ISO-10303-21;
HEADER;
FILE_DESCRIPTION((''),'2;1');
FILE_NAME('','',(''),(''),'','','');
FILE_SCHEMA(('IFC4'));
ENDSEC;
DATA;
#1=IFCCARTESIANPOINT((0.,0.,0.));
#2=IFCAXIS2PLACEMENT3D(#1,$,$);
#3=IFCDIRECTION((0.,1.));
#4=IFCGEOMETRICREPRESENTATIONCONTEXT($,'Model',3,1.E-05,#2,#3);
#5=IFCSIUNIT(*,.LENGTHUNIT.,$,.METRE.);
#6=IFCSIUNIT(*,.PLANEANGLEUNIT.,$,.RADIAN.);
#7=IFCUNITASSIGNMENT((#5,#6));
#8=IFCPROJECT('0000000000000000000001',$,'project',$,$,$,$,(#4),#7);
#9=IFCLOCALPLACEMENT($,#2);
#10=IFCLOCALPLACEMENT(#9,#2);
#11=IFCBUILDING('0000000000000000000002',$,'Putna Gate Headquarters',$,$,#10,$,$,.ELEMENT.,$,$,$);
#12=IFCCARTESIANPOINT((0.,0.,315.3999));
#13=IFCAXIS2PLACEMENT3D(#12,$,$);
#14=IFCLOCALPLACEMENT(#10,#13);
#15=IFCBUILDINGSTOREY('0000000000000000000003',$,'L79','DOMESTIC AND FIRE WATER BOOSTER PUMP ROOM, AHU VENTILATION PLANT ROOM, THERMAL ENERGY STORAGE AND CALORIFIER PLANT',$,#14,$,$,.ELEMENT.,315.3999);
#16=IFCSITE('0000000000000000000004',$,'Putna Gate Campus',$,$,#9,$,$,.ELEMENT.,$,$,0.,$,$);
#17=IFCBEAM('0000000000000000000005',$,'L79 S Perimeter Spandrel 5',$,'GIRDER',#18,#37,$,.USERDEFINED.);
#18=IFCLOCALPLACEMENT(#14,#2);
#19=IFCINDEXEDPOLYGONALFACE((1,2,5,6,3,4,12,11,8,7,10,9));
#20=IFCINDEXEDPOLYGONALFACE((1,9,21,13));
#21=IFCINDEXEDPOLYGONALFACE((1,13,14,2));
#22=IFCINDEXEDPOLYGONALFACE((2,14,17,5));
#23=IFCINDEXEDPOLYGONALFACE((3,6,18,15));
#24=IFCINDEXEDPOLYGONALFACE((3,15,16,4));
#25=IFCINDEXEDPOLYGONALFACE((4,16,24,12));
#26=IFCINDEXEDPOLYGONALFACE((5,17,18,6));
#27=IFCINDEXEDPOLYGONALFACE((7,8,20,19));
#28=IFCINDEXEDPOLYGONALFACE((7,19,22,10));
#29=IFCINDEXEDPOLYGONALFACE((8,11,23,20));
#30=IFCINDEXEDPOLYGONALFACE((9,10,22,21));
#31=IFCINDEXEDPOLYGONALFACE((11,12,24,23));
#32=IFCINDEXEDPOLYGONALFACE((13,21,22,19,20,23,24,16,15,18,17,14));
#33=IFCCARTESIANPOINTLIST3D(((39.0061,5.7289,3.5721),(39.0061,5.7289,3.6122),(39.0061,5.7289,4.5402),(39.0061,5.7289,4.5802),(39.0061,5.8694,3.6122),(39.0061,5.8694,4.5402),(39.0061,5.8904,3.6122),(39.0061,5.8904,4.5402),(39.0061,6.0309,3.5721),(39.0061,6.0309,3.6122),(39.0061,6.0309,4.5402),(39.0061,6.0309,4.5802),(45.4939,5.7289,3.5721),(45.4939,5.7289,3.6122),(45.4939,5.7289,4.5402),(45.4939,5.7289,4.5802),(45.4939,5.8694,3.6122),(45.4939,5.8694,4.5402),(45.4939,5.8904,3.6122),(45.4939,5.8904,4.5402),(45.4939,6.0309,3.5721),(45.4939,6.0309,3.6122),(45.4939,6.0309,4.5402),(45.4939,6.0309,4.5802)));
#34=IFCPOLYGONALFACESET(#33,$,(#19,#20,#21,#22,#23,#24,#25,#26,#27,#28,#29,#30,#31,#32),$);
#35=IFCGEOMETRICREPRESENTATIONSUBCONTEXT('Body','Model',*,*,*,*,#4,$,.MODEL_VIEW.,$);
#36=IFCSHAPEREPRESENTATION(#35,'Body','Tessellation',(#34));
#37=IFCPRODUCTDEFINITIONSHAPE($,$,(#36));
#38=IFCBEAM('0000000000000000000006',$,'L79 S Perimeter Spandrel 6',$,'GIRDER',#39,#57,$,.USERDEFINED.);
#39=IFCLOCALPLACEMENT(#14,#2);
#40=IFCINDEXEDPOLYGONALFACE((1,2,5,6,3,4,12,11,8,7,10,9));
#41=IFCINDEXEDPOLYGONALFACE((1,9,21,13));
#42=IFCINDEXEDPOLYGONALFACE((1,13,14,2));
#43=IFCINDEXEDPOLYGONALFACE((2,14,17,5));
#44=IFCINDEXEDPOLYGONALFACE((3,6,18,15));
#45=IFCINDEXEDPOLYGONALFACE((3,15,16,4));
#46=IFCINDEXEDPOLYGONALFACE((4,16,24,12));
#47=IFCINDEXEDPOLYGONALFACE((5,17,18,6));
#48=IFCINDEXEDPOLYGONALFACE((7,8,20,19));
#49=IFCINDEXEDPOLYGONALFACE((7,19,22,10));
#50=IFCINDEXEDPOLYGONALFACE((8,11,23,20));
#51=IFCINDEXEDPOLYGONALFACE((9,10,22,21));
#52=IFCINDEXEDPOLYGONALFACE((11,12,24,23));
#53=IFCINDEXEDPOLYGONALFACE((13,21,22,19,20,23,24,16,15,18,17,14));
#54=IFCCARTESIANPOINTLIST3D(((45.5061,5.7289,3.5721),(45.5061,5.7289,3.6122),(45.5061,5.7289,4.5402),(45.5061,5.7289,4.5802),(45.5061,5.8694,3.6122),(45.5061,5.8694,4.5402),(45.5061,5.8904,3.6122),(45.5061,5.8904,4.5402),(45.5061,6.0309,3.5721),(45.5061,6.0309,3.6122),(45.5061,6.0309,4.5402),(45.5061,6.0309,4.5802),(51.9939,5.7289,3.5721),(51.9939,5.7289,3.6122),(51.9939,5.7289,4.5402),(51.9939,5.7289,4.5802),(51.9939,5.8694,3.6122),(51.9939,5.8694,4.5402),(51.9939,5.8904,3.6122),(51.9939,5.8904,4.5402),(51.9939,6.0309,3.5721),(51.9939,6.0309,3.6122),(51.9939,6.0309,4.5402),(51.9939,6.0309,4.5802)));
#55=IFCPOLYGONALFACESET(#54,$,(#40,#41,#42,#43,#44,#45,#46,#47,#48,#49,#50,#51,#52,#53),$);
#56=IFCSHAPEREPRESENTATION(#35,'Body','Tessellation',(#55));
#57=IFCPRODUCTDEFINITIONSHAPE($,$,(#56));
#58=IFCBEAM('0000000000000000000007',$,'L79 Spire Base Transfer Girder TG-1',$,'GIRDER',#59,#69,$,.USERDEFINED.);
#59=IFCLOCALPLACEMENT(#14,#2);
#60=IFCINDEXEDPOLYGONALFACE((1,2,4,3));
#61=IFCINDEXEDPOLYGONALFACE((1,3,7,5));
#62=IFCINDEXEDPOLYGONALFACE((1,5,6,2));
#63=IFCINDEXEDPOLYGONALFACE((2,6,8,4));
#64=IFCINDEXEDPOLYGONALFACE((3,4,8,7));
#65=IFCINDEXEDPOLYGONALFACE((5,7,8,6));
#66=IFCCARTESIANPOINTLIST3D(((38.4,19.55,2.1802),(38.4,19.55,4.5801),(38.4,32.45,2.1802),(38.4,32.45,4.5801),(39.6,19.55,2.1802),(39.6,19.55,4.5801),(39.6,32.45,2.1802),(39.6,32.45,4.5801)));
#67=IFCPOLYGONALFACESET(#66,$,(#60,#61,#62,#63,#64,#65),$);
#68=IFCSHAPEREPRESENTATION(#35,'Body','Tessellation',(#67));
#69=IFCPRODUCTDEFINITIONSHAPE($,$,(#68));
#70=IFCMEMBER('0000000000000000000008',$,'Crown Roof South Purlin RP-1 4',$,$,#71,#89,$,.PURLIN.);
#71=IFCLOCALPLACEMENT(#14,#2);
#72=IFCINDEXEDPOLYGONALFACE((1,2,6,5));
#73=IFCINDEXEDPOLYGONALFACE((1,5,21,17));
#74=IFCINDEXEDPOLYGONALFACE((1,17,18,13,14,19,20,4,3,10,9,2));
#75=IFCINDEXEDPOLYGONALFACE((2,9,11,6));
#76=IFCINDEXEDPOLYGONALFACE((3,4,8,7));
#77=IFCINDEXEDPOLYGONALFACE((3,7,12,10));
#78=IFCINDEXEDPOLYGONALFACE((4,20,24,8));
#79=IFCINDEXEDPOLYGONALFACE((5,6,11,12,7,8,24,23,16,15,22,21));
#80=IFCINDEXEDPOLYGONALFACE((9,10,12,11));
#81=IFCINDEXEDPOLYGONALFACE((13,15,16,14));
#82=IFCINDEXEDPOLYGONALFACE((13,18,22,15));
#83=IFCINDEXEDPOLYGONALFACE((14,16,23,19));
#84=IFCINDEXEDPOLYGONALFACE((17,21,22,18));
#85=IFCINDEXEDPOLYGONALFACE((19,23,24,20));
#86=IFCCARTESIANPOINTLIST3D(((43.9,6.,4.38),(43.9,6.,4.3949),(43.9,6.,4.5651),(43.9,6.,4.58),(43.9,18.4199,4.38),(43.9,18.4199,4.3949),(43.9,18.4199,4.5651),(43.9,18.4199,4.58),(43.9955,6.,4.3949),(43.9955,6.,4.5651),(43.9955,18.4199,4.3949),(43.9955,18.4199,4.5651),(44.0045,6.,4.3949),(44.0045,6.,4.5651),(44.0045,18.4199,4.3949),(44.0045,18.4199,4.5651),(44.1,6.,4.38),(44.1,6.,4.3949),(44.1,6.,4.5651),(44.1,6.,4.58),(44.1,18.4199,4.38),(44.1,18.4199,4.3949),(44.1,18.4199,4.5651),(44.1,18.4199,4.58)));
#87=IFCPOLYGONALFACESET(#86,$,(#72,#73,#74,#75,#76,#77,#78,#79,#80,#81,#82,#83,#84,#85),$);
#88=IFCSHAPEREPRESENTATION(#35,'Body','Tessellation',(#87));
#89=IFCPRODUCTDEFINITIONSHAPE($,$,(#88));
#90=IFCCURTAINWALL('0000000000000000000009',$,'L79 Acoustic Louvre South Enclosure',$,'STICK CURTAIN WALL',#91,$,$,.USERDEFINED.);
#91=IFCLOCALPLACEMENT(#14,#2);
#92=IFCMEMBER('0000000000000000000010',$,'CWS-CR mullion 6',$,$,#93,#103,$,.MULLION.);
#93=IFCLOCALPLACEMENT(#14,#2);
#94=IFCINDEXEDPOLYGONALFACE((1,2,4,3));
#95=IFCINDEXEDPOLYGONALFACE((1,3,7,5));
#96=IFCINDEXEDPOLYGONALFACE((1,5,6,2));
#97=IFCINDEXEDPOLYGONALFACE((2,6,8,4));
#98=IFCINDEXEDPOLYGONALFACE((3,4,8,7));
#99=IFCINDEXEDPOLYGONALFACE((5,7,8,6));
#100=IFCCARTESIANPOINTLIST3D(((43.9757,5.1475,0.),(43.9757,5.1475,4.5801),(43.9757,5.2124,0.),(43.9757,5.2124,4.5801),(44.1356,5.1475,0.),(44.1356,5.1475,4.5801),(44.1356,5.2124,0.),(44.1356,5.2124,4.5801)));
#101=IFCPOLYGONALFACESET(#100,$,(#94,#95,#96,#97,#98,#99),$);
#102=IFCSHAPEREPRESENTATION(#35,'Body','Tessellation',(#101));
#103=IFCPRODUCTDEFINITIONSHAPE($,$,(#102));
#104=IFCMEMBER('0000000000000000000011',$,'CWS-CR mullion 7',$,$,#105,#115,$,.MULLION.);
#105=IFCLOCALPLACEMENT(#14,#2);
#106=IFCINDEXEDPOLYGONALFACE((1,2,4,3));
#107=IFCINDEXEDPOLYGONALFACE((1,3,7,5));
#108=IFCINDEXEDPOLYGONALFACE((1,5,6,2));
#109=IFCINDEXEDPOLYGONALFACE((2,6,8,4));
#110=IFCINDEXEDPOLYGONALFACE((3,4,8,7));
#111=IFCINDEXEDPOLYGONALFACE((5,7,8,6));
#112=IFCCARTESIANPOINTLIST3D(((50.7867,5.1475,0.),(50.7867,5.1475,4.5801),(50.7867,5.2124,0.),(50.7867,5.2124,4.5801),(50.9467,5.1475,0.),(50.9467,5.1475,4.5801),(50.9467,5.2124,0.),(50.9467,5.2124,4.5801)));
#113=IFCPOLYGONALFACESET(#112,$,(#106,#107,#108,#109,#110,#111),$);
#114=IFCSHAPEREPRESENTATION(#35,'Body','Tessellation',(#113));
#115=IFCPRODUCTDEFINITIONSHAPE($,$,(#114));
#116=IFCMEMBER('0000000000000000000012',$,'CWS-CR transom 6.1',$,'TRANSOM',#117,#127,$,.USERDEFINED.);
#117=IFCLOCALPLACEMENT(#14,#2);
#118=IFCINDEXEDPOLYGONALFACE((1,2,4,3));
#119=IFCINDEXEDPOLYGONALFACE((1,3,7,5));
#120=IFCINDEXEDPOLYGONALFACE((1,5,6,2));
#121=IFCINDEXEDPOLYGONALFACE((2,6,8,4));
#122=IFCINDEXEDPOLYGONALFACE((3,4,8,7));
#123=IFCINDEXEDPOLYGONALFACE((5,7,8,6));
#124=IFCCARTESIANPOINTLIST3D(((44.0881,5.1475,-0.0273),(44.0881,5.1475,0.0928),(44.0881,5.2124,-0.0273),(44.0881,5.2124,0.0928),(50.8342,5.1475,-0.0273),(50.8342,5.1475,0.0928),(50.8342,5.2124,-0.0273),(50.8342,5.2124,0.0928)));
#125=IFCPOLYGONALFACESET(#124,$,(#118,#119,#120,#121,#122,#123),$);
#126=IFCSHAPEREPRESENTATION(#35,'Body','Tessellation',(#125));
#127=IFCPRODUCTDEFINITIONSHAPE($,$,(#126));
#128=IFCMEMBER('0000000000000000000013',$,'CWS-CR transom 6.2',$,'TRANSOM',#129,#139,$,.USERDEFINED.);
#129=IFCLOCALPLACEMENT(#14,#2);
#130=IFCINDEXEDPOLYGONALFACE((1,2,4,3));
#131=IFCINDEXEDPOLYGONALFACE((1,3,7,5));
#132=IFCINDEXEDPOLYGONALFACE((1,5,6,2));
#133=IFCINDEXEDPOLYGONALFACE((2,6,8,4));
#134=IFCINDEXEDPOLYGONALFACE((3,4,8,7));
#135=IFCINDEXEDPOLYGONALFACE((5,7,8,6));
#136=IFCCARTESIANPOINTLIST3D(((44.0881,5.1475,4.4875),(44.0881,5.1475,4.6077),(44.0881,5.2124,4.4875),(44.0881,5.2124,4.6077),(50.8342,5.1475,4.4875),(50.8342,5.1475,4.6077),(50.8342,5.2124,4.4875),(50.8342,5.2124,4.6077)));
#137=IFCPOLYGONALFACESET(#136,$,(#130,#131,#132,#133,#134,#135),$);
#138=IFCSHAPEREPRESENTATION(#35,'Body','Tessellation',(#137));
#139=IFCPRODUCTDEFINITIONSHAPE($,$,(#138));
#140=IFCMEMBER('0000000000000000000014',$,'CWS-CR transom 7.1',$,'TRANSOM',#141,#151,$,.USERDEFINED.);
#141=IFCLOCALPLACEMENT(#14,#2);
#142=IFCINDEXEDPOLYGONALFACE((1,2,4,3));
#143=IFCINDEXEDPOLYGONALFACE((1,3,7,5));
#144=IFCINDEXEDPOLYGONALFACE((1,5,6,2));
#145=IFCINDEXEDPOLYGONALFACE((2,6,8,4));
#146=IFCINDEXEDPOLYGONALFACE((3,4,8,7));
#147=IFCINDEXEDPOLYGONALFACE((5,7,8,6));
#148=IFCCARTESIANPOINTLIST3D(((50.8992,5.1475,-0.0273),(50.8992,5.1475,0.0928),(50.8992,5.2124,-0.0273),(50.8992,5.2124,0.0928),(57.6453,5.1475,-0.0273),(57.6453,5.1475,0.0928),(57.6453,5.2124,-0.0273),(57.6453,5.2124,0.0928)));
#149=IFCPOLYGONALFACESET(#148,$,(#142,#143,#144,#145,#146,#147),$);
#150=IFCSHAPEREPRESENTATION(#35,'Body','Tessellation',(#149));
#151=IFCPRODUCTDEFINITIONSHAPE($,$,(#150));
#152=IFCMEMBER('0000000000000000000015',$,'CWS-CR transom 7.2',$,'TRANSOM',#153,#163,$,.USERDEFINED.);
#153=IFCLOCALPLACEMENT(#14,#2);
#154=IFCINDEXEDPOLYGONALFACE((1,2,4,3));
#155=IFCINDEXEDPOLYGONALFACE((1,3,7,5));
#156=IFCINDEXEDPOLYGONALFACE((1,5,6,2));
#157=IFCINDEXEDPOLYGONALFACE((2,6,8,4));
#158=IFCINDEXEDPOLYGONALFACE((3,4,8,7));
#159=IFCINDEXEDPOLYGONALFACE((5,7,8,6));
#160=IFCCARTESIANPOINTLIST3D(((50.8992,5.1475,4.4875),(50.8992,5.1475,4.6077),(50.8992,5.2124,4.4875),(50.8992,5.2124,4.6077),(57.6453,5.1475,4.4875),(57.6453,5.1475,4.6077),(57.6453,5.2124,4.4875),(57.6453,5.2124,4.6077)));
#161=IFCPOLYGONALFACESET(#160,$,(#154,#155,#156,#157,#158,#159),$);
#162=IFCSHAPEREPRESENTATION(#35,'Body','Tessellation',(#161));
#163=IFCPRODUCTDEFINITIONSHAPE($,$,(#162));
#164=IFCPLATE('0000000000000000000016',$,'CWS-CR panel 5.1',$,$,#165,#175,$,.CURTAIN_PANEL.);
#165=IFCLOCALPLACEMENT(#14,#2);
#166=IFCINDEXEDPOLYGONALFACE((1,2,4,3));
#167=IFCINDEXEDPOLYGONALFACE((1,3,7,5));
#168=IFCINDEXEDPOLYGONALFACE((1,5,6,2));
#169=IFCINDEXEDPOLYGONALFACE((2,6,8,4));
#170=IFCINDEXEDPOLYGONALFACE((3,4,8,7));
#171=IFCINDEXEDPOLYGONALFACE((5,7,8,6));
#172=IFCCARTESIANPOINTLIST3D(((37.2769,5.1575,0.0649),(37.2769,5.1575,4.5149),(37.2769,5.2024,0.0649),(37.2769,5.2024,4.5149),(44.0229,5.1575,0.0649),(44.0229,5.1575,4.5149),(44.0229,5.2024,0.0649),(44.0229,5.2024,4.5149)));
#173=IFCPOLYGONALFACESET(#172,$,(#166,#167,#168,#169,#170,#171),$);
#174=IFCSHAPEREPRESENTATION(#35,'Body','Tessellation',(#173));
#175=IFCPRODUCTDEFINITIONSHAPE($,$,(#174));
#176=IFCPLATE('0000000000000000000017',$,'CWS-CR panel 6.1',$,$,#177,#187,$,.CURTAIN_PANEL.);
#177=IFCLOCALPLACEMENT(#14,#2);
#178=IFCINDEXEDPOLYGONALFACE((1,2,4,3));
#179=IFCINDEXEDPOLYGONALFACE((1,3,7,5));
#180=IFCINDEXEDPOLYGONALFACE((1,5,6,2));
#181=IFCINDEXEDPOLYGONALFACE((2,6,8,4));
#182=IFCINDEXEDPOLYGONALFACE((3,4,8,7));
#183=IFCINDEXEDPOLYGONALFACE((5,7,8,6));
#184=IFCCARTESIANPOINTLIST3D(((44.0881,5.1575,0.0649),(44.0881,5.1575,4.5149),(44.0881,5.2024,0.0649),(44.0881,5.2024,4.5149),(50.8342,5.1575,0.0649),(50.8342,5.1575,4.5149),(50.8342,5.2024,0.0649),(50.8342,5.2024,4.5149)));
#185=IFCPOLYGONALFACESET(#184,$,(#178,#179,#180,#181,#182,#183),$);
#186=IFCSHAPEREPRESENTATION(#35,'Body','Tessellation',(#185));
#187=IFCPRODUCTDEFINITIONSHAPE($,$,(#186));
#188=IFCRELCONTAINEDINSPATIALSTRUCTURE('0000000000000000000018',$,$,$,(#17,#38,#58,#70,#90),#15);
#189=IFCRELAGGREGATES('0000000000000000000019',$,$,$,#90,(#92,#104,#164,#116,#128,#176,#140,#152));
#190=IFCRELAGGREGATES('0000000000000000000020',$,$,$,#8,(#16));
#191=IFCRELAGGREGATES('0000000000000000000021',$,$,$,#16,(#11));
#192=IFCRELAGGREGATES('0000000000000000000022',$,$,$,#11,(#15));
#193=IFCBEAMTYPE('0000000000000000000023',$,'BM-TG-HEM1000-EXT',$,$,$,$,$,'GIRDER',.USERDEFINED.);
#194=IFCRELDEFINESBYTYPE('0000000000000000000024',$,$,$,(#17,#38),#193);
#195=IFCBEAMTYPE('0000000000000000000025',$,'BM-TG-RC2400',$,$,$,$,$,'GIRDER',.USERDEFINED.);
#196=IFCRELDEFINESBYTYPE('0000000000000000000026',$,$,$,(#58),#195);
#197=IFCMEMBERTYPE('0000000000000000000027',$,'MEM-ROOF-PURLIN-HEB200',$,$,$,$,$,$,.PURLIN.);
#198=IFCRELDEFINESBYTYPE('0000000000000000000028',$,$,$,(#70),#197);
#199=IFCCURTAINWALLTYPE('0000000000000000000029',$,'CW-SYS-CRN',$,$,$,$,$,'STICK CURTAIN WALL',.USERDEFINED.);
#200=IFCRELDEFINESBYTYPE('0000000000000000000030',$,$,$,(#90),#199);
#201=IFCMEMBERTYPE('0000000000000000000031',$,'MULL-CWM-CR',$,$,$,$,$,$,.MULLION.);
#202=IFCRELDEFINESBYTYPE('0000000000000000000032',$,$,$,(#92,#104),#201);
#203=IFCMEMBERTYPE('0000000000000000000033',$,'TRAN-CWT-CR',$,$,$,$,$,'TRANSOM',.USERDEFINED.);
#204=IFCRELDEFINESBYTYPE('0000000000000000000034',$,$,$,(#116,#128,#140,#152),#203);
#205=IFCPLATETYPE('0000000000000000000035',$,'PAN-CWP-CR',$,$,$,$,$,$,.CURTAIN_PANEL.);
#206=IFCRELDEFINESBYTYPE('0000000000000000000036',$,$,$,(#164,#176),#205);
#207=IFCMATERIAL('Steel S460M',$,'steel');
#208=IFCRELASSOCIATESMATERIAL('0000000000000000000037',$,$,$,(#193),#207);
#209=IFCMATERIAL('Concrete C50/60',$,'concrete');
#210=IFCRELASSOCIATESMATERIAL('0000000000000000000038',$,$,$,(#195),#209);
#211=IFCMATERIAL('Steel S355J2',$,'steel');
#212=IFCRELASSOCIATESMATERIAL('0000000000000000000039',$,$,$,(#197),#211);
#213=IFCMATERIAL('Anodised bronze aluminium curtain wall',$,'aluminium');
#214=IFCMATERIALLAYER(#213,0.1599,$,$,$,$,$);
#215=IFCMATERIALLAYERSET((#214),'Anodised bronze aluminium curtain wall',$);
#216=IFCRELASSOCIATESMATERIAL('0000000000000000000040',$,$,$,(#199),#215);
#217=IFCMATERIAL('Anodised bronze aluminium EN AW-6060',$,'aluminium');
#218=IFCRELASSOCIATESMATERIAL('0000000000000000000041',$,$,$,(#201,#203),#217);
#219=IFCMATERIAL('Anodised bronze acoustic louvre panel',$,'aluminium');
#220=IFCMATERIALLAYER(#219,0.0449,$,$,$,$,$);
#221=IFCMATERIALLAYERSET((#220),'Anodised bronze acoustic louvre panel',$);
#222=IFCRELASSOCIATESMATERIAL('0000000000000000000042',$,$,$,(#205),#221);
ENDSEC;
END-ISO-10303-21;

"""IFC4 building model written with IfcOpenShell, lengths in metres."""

from ifc_helpers import new_model, si_unit, direction, frame, origin, origin_2d, place, context, subcontext, project, spatial, rectangle, i_section, extrude, material, layer, layer_set, material_profile, profile_set, type_object, element, aggregate, save


model = new_model("IFC4")

# Units and contexts
model_context = context("Model", 3, precision=1e-05, world=origin(), true_north=direction((0.0, 1.0)))
body_context = subcontext(model_context, "Body", "Model", "MODEL_VIEW")
ifc_project = project(units=[si_unit("LENGTHUNIT", "METRE"), si_unit("PLANEANGLEUNIT", "RADIAN")], contexts=[model_context])

# Site, building, storey
site_placement = place(None, origin())
site = spatial("IfcSite", under=ifc_project, at=site_placement, Name="Putna Gate Campus", CompositionType="ELEMENT", RefElevation=0.0)
building_placement = place(site_placement, origin())
building = spatial("IfcBuilding", under=site, at=building_placement, Name="Putna Gate Headquarters", CompositionType="ELEMENT")
storey_placement = place(building_placement, frame((0.0, 0.0, 315.3999)))
storey = spatial("IfcBuildingStorey", under=building, at=storey_placement, Name="L79", Description="DOMESTIC AND FIRE WATER BOOSTER PUMP ROOM, AHU VENTILATION PLANT ROOM, THERMAL ENERGY STORAGE AND CALORIFIER PLANT", CompositionType="ELEMENT", Elevation=315.3999)

# Shared definitions
ifc_material_1 = material(Name="Steel S460M", Category="steel")

# Beams
ifc_material_2 = material(Name="Steel S355J2", Category="steel")
ifc_material_profile_1 = material_profile(ifc_material_1, i_section(OverallWidth=0.302, OverallDepth=1.0081, WebThickness=0.021, FlangeThickness=0.04, at=origin_2d()), Name="Steel S460M")
ifc_profile_set_1 = profile_set([ifc_material_profile_1], Name="Steel S460M")
beam_type_1 = type_object("IfcBeamType", Name="BM-TG-HEM1000-EXT", ElementType="GIRDER", PredefinedType="USERDEFINED", material=ifc_profile_set_1)
for number, where, z_axis, x_axis, name in (
    (1, (39.0061, 5.8799, 4.0762), (1.0, 0.0, 0.0), (0.0, 1.0, 0.0), "L79 S Perimeter Spandrel 5"),
    (2, (45.5061, 5.8799, 4.0762), (1.0, 0.0, 0.0), (0.0, 1.0, 0.0), "L79 S Perimeter Spandrel 6"),
):
    element("IfcBeam", number, at=place(storey_placement, frame(where, z_axis=z_axis, x_axis=x_axis)), inside=storey, type_object=beam_type_1, Name=name, ObjectType="GIRDER", PredefinedType="USERDEFINED", context=body_context, shape_type="SweptSolid", body=[
        extrude(i_section(OverallWidth=0.302, OverallDepth=1.0081, WebThickness=0.021, FlangeThickness=0.04, at=origin_2d()), origin(), (0.0, 0.0, 1.0), 6.4878),
    ])
ifc_material_3 = material(Name="Concrete C50/60", Category="concrete")
ifc_material_profile_2 = material_profile(ifc_material_3, rectangle(XDim=1.2, YDim=2.3999, at=origin_2d()), Name="Concrete C50/60")
ifc_profile_set_2 = profile_set([ifc_material_profile_2], Name="Concrete C50/60")
beam_type_2 = type_object("IfcBeamType", Name="BM-TG-RC2400", ElementType="GIRDER", PredefinedType="USERDEFINED", material=ifc_profile_set_2)
beam_1_placement = place(storey_placement, frame((39.0, 19.55, 3.3801), z_axis=(0.0, 1.0, 0.0), x_axis=(-1.0, 0.0, 0.0)))
element("IfcBeam", 3, at=beam_1_placement, inside=storey, type_object=beam_type_2, Name="L79 Spire Base Transfer Girder TG-1", ObjectType="GIRDER", PredefinedType="USERDEFINED", context=body_context, shape_type="SweptSolid", body=[
    extrude(rectangle(XDim=1.2, YDim=2.3999, at=origin_2d()), origin(), (0.0, 0.0, 1.0), 12.8999),
])

# Member
ifc_material_profile_3 = material_profile(ifc_material_2, i_section(OverallWidth=0.2, OverallDepth=0.2, WebThickness=0.009, FlangeThickness=0.0149, at=origin_2d()), Name="Steel S355J2")
ifc_profile_set_3 = profile_set([ifc_material_profile_3], Name="Steel S355J2")
member_type_1 = type_object("IfcMemberType", Name="MEM-ROOF-PURLIN-HEB200", PredefinedType="PURLIN", material=ifc_profile_set_3)
member_1_placement = place(storey_placement, frame((44.0, 6.0, 4.48), z_axis=(0.0, 1.0, 0.0), x_axis=(-1.0, 0.0, 0.0)))
element("IfcMember", 4, at=member_1_placement, inside=storey, type_object=member_type_1, Name="Crown Roof South Purlin RP-1 4", PredefinedType="PURLIN", context=body_context, shape_type="SweptSolid", body=[
    extrude(i_section(OverallWidth=0.2, OverallDepth=0.2, WebThickness=0.009, FlangeThickness=0.0149, at=origin_2d()), origin(), (0.0, 0.0, 1.0), 12.4199),
])

# Curtain wall, members, plates
ifc_material_4 = material(Name="Anodised bronze aluminium curtain wall", Category="aluminium")
ifc_layer_1 = layer(ifc_material_4, 0.1599)
ifc_layer_set_1 = layer_set([ifc_layer_1], Name="Anodised bronze aluminium curtain wall")
curtain_wall_type = type_object("IfcCurtainWallType", Name="CW-SYS-CRN", ElementType="STICK CURTAIN WALL", PredefinedType="USERDEFINED", material=ifc_layer_set_1)
curtain_wall_placement = place(storey_placement, origin())
curtain_wall = element("IfcCurtainWall", 5, at=curtain_wall_placement, inside=storey, type_object=curtain_wall_type, Name="L79 Acoustic Louvre South Enclosure", ObjectType="STICK CURTAIN WALL", PredefinedType="USERDEFINED")
ifc_material_5 = material(Name="Anodised bronze aluminium EN AW-6060", Category="aluminium")
ifc_material_profile_4 = material_profile(ifc_material_5, rectangle(XDim=0.0649, YDim=0.1599, at=origin_2d()), Name="Anodised bronze aluminium EN AW-6060")
ifc_profile_set_4 = profile_set([ifc_material_profile_4], Name="Anodised bronze aluminium EN AW-6060")
member_type_2 = type_object("IfcMemberType", Name="MULL-CWM-CR", PredefinedType="MULLION", material=ifc_profile_set_4)
member_2_placement = place(storey_placement, frame((44.0557, 5.1799, 0.0), z_axis=(0.0, 0.0, 1.0), x_axis=(0.0, 1.0, 0.0)))
member_2 = element("IfcMember", 6, at=member_2_placement, type_object=member_type_2, Name="CWS-CR mullion 6", PredefinedType="MULLION", context=body_context, shape_type="SweptSolid", body=[
    extrude(rectangle(XDim=0.0649, YDim=0.1599, at=origin_2d()), origin(), (0.0, 0.0, 1.0), 4.5801),
])
member_3_placement = place(storey_placement, frame((50.8667, 5.1799, 0.0), z_axis=(0.0, 0.0, 1.0), x_axis=(0.0, 1.0, 0.0)))
member_3 = element("IfcMember", 7, at=member_3_placement, type_object=member_type_2, Name="CWS-CR mullion 7", PredefinedType="MULLION", context=body_context, shape_type="SweptSolid", body=[
    extrude(rectangle(XDim=0.0649, YDim=0.1599, at=origin_2d()), origin(), (0.0, 0.0, 1.0), 4.5801),
])
ifc_material_profile_5 = material_profile(ifc_material_5, rectangle(XDim=0.0649, YDim=0.1201, at=origin_2d()), Name="Anodised bronze aluminium EN AW-6060")
ifc_profile_set_5 = profile_set([ifc_material_profile_5], Name="Anodised bronze aluminium EN AW-6060")
member_type_3 = type_object("IfcMemberType", Name="TRAN-CWT-CR", ElementType="TRANSOM", PredefinedType="USERDEFINED", material=ifc_profile_set_5)
member_4_placement = place(storey_placement, frame((44.0881, 5.1799, 0.0327), z_axis=(1.0, 0.0, 0.0), x_axis=(0.0, 1.0, 0.0)))
member_4 = element("IfcMember", 8, at=member_4_placement, type_object=member_type_3, Name="CWS-CR transom 6.1", ObjectType="TRANSOM", PredefinedType="USERDEFINED", context=body_context, shape_type="SweptSolid", body=[
    extrude(rectangle(XDim=0.0649, YDim=0.1201, at=origin_2d()), origin(), (0.0, 0.0, 1.0), 6.7461),
])
member_5_placement = place(storey_placement, frame((44.0881, 5.1799, 4.5476), z_axis=(1.0, 0.0, 0.0), x_axis=(0.0, 1.0, 0.0)))
member_5 = element("IfcMember", 9, at=member_5_placement, type_object=member_type_3, Name="CWS-CR transom 6.2", ObjectType="TRANSOM", PredefinedType="USERDEFINED", context=body_context, shape_type="SweptSolid", body=[
    extrude(rectangle(XDim=0.0649, YDim=0.1201, at=origin_2d()), origin(), (0.0, 0.0, 1.0), 6.7461),
])
member_6_placement = place(storey_placement, frame((50.8992, 5.1799, 0.0327), z_axis=(1.0, 0.0, 0.0), x_axis=(0.0, 1.0, 0.0)))
member_6 = element("IfcMember", 10, at=member_6_placement, type_object=member_type_3, Name="CWS-CR transom 7.1", ObjectType="TRANSOM", PredefinedType="USERDEFINED", context=body_context, shape_type="SweptSolid", body=[
    extrude(rectangle(XDim=0.0649, YDim=0.1201, at=origin_2d()), origin(), (0.0, 0.0, 1.0), 6.7461),
])
member_7_placement = place(storey_placement, frame((50.8992, 5.1799, 4.5476), z_axis=(1.0, 0.0, 0.0), x_axis=(0.0, 1.0, 0.0)))
member_7 = element("IfcMember", 11, at=member_7_placement, type_object=member_type_3, Name="CWS-CR transom 7.2", ObjectType="TRANSOM", PredefinedType="USERDEFINED", context=body_context, shape_type="SweptSolid", body=[
    extrude(rectangle(XDim=0.0649, YDim=0.1201, at=origin_2d()), origin(), (0.0, 0.0, 1.0), 6.7461),
])
ifc_material_6 = material(Name="Anodised bronze acoustic louvre panel", Category="aluminium")
ifc_layer_2 = layer(ifc_material_6, 0.0449)
ifc_layer_set_2 = layer_set([ifc_layer_2], Name="Anodised bronze acoustic louvre panel")
plate_type = type_object("IfcPlateType", Name="PAN-CWP-CR", PredefinedType="CURTAIN_PANEL", material=ifc_layer_set_2)
plate_1_placement = place(storey_placement, frame((40.6499, 5.1799, 0.0649), z_axis=(0.0, 0.0, 1.0), x_axis=(1.0, 0.0, 0.0)))
plate_1 = element("IfcPlate", 12, at=plate_1_placement, type_object=plate_type, Name="CWS-CR panel 5.1", PredefinedType="CURTAIN_PANEL", context=body_context, shape_type="SweptSolid", body=[
    extrude(rectangle(XDim=6.7461, YDim=0.0449, at=origin_2d()), origin(), (0.0, 0.0, 1.0), 4.45),
])
plate_2_placement = place(storey_placement, frame((47.4612, 5.1799, 0.0649), z_axis=(0.0, 0.0, 1.0), x_axis=(1.0, 0.0, 0.0)))
plate_2 = element("IfcPlate", 13, at=plate_2_placement, type_object=plate_type, Name="CWS-CR panel 6.1", PredefinedType="CURTAIN_PANEL", context=body_context, shape_type="SweptSolid", body=[
    extrude(rectangle(XDim=6.7461, YDim=0.0449, at=origin_2d()), origin(), (0.0, 0.0, 1.0), 4.45),
])
aggregate(curtain_wall, [member_2, member_3, plate_1, member_4, member_5, plate_2, member_6, member_7])

save(model, "model.ifc")
